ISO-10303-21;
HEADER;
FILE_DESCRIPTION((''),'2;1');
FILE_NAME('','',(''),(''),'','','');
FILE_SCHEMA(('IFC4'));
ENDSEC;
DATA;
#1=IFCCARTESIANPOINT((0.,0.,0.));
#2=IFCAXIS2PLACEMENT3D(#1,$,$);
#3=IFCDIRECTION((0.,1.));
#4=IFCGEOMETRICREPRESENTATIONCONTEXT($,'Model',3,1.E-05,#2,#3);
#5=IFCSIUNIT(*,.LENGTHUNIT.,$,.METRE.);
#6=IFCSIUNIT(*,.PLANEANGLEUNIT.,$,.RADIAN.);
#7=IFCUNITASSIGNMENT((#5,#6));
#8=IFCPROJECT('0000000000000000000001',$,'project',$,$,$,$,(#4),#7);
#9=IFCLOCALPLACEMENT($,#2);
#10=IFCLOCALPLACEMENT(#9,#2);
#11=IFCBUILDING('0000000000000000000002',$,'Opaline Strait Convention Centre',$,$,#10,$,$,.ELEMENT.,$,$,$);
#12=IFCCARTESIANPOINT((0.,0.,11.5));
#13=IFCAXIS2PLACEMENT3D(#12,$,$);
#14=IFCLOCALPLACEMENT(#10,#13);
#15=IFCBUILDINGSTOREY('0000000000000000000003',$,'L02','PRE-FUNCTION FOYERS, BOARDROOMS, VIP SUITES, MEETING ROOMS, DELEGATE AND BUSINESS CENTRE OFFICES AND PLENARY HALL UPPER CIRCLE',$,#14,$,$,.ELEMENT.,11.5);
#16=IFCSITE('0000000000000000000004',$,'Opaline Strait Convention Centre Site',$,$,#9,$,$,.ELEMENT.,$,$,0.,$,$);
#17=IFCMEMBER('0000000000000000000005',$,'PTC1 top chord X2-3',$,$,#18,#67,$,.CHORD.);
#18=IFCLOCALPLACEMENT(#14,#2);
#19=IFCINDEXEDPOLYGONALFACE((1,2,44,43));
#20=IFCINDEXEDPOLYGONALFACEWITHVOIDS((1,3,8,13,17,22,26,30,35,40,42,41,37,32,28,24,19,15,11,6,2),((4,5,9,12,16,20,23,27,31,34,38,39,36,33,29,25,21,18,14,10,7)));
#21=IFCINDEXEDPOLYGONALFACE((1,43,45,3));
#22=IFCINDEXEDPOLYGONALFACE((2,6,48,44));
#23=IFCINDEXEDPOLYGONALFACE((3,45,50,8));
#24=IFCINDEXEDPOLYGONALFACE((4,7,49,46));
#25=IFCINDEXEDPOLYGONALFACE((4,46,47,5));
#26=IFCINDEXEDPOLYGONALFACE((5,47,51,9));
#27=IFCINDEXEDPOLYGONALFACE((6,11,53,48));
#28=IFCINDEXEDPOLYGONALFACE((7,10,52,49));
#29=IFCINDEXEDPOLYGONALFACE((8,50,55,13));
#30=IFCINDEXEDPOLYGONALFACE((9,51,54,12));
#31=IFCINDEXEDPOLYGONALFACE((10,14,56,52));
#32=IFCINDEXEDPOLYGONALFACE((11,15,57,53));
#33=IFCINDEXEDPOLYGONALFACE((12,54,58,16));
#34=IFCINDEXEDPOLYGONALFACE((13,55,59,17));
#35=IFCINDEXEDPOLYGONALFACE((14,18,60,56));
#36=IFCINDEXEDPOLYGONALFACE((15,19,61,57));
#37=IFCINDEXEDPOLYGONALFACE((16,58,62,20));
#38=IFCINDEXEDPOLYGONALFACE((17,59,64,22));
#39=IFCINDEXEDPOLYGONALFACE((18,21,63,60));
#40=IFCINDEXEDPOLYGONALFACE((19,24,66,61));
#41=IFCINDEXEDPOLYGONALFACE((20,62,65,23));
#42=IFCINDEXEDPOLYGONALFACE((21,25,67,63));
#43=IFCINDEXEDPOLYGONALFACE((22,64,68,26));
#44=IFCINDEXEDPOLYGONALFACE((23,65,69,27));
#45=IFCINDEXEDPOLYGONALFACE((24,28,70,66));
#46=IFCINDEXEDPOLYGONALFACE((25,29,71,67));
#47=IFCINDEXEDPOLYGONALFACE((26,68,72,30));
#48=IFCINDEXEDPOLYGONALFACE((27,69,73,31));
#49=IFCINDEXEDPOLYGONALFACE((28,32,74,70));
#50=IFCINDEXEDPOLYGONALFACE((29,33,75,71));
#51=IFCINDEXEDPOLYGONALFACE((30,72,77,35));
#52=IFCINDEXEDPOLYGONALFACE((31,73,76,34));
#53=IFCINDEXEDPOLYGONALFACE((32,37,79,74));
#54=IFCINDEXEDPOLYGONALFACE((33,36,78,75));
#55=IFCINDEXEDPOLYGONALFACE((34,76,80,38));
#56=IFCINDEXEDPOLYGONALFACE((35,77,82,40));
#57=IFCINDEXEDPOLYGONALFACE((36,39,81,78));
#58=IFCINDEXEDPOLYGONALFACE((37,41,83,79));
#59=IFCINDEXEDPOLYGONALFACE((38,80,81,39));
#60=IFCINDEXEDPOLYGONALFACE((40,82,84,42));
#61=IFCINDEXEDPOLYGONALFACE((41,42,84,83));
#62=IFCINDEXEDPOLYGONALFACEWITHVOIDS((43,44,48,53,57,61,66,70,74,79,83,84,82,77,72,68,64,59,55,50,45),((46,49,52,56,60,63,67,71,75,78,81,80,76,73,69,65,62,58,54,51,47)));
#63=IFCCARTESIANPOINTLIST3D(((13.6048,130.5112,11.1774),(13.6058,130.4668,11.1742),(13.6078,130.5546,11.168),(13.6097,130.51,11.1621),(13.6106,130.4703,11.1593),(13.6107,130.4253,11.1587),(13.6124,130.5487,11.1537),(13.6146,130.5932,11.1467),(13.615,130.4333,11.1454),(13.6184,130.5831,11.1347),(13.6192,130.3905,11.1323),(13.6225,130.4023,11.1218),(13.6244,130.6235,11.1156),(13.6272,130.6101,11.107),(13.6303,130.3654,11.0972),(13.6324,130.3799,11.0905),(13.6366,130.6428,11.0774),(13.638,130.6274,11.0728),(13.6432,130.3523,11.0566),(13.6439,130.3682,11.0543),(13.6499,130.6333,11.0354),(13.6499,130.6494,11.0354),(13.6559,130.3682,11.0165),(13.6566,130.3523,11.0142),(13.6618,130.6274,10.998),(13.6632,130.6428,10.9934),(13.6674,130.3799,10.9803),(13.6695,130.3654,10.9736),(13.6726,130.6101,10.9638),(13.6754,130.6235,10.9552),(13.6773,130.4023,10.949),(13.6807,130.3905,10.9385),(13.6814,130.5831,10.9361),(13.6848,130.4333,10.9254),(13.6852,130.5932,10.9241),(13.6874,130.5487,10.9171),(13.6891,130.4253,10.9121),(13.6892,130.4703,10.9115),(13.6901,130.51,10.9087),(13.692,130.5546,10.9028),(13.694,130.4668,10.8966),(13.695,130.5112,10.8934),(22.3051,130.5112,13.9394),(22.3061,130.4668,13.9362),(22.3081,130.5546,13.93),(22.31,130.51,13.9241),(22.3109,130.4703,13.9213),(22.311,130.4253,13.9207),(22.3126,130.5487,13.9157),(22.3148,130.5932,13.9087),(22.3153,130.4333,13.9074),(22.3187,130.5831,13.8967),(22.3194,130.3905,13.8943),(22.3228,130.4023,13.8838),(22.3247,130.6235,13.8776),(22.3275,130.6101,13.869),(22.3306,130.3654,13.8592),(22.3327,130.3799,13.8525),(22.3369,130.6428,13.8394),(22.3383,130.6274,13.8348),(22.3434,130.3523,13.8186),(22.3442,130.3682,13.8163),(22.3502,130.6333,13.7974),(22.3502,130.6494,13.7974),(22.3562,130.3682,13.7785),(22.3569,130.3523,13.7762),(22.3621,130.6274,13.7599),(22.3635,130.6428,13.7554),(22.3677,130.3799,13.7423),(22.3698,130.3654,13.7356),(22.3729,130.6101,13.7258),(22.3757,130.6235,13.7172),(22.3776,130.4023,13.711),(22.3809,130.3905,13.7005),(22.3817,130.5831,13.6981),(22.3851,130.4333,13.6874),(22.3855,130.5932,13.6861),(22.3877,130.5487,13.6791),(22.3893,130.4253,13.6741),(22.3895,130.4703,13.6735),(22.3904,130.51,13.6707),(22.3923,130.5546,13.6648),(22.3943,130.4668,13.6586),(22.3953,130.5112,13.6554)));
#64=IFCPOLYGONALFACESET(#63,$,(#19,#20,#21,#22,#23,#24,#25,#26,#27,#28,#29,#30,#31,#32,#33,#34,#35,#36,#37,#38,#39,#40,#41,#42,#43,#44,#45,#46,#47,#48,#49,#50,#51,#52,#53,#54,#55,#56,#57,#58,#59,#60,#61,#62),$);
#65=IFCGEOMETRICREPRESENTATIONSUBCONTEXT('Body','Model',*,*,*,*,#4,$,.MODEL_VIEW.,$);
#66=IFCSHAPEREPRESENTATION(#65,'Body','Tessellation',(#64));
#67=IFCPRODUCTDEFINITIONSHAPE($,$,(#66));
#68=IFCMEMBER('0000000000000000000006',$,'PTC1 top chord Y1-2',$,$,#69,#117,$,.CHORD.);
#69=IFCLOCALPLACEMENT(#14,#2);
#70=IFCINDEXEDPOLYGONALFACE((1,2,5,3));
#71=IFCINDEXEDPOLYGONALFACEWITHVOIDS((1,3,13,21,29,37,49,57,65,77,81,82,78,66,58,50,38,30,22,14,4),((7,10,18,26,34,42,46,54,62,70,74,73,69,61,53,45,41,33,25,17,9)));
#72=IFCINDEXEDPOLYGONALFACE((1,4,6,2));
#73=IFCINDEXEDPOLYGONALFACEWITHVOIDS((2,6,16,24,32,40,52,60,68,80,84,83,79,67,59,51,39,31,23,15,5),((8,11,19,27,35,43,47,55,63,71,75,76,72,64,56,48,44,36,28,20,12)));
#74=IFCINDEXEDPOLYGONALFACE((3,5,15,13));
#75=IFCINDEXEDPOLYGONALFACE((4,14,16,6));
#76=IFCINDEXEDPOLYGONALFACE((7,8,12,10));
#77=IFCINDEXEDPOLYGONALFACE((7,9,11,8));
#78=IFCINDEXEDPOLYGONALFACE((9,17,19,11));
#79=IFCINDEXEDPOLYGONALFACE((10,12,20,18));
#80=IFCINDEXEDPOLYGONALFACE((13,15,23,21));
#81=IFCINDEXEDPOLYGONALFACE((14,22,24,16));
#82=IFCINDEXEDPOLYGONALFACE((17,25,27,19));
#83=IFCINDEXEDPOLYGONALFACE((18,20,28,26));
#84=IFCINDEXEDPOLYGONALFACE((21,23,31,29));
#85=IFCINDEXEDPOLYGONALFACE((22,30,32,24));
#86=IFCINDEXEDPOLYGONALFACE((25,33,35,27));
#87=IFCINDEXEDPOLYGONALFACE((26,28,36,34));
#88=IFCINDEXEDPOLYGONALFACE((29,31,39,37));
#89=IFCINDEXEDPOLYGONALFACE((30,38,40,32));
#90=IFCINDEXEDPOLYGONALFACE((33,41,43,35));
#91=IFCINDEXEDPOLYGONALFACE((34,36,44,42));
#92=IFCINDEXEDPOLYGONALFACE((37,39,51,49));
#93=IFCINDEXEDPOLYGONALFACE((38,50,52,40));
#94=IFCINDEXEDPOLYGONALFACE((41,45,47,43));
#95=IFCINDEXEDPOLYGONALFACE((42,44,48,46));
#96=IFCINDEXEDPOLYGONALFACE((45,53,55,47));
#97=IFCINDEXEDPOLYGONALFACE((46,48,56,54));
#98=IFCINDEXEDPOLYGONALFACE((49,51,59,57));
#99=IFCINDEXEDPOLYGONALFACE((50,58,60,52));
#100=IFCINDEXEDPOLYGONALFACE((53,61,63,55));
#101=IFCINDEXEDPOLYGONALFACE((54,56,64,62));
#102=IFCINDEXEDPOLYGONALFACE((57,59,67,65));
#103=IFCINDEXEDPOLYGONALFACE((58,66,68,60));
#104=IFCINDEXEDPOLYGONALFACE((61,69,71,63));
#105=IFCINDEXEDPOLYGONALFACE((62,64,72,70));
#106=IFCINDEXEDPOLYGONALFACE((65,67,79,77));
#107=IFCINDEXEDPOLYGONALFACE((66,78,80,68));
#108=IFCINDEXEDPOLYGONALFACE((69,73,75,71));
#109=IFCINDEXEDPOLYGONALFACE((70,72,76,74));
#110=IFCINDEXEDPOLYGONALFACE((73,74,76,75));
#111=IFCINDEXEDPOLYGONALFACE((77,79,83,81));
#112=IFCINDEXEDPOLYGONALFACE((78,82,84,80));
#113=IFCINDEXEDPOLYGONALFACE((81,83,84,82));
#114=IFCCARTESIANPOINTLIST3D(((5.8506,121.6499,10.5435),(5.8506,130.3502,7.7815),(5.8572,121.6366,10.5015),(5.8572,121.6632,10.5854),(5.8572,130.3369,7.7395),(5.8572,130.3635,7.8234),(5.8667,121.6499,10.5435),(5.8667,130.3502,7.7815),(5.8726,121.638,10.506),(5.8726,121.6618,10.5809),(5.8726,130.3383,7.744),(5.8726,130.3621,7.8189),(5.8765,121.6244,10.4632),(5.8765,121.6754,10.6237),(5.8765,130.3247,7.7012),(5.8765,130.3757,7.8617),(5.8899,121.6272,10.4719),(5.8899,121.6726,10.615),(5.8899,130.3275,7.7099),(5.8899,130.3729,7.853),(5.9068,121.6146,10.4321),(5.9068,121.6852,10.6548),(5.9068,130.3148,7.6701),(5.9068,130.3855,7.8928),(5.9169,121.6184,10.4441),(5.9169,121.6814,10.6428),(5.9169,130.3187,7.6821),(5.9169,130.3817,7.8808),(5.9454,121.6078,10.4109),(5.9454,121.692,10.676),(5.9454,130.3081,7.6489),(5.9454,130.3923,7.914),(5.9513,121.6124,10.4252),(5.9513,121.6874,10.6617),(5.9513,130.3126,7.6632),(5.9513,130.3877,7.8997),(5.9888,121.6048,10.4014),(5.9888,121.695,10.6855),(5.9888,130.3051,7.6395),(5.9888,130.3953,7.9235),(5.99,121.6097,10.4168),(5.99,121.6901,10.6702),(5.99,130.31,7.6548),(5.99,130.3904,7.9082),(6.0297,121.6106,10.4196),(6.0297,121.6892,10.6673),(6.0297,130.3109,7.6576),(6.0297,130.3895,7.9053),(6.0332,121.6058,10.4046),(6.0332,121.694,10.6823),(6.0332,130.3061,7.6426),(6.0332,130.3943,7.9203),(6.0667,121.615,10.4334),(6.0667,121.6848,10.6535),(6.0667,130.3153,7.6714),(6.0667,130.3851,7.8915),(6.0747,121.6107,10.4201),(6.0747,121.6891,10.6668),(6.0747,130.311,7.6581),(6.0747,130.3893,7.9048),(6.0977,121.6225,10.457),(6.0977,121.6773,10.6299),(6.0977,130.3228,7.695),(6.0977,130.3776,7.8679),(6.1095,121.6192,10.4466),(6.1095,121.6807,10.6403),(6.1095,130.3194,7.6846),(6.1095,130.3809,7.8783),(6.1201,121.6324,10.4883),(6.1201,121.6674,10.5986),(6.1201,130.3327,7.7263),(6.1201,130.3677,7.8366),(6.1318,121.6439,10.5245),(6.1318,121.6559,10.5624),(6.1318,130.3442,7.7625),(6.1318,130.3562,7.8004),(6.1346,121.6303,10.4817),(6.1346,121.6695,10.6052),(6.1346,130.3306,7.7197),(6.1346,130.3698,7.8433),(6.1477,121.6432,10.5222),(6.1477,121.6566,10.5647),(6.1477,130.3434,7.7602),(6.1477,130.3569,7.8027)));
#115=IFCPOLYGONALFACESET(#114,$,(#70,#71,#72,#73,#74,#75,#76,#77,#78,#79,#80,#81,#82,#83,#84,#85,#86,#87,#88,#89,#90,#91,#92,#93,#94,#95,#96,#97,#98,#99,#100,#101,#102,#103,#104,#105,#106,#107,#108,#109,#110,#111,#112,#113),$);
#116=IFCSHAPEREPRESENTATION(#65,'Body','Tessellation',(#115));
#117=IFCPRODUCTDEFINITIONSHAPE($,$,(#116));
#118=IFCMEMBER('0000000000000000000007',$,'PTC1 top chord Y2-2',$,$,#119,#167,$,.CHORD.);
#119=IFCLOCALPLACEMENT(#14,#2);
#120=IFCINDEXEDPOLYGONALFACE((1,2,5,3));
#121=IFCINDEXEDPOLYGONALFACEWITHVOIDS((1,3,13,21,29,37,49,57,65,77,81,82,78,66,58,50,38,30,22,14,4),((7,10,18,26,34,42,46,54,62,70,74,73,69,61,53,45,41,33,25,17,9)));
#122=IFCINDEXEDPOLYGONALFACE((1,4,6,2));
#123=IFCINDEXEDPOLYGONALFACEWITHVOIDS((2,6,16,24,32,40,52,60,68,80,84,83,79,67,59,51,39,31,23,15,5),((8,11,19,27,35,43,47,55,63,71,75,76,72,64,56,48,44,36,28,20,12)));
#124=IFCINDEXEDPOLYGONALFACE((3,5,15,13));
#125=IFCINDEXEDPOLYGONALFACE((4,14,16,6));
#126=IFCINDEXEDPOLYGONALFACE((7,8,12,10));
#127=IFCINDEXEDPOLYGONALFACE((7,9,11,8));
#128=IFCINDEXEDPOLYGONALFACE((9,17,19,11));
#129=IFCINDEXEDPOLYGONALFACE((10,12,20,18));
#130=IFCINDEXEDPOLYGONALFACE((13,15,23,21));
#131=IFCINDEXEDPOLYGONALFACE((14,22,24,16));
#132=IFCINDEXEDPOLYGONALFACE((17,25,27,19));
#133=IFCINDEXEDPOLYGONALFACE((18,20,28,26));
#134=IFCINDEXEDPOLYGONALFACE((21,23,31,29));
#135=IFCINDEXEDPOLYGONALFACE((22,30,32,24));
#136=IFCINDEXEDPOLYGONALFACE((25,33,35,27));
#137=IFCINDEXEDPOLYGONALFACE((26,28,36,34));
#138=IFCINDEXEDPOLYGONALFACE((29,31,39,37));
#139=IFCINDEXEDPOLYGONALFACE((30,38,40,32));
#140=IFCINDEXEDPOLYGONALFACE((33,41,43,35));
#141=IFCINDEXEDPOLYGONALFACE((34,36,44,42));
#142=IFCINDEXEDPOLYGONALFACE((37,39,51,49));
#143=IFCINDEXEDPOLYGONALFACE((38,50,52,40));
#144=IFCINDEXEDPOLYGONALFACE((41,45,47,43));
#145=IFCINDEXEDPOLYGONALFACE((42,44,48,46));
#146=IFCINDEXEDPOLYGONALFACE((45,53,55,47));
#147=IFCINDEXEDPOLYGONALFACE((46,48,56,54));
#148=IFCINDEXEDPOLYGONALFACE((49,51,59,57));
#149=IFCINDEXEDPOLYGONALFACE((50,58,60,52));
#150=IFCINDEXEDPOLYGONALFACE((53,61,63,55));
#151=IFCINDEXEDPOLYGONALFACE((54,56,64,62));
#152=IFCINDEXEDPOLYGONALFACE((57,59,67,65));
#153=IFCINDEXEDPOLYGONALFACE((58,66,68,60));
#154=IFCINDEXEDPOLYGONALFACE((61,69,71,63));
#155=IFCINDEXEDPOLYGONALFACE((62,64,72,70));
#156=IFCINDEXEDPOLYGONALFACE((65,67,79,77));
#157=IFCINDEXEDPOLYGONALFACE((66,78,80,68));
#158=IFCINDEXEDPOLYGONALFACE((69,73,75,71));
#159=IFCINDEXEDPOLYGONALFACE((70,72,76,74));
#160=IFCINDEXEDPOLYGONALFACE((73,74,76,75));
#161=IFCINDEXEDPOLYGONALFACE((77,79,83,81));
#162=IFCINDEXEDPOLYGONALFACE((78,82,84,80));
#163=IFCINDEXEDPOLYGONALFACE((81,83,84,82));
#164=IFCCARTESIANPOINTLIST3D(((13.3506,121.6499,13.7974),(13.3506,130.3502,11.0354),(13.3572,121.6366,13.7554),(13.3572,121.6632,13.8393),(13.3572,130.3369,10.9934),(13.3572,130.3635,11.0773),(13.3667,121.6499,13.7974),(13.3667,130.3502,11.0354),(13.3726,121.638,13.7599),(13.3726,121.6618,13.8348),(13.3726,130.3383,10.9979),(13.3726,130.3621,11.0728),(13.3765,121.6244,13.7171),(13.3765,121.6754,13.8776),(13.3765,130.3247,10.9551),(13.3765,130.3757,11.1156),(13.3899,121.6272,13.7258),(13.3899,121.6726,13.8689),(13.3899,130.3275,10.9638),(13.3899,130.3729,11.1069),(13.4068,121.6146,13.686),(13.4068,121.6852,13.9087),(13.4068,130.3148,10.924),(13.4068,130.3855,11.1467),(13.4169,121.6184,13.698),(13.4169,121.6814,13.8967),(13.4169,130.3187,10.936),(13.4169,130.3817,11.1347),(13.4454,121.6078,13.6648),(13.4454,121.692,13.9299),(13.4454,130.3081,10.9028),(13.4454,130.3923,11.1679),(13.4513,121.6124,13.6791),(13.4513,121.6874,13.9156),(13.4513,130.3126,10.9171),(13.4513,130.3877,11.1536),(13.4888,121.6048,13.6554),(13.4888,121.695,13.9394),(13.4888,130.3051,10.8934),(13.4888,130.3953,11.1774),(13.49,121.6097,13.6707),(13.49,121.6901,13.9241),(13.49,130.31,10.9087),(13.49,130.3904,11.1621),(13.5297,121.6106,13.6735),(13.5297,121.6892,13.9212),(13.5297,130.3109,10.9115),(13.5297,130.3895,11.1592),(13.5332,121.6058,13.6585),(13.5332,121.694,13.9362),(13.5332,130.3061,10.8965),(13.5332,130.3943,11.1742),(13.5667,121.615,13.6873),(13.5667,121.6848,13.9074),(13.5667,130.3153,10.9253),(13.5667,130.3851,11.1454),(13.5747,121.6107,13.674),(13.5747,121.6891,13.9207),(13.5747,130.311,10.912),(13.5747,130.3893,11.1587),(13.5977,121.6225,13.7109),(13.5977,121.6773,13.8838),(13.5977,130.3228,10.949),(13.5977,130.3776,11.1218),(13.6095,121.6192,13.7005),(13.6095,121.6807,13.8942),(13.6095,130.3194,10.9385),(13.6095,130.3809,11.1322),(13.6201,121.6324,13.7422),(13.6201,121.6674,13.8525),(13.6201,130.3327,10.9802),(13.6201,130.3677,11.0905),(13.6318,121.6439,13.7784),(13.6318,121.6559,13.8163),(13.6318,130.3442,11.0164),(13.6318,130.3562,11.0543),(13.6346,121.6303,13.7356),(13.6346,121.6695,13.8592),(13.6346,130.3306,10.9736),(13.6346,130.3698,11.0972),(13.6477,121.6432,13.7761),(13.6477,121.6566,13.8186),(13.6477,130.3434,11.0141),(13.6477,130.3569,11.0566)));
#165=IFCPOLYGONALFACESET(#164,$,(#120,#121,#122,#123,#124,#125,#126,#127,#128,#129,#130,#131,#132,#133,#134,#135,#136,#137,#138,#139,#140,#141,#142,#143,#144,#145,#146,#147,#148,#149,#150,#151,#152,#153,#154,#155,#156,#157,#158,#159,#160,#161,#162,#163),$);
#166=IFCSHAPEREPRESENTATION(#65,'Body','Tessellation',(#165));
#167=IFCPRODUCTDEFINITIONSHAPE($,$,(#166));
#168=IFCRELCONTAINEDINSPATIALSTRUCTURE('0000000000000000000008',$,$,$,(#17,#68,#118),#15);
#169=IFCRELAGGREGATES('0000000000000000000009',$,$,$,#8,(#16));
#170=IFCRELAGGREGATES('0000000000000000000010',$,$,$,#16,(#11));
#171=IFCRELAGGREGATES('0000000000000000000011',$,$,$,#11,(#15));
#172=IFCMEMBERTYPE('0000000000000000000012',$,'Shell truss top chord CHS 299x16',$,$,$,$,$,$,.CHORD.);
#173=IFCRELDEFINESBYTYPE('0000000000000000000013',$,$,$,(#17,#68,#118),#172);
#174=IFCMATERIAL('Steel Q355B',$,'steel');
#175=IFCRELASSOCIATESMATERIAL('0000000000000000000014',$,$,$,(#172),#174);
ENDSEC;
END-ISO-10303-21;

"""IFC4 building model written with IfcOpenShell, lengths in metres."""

from ifc_helpers import new_model, si_unit, direction, frame, origin, origin_2d, place, context, subcontext, project, spatial, hollow_circle, extrude, material, material_profile, profile_set, type_object, element, save


model = new_model("IFC4")

# Units and contexts
model_context = context("Model", 3, precision=1e-05, world=origin(), true_north=direction((0.0, 1.0)))
body_context = subcontext(model_context, "Body", "Model", "MODEL_VIEW")
ifc_project = project(units=[si_unit("LENGTHUNIT", "METRE"), si_unit("PLANEANGLEUNIT", "RADIAN")], contexts=[model_context])

# Site, building, storey
site_placement = place(None, origin())
site = spatial("IfcSite", under=ifc_project, at=site_placement, Name="Opaline Strait Convention Centre Site", CompositionType="ELEMENT", RefElevation=0.0)
building_placement = place(site_placement, origin())
building = spatial("IfcBuilding", under=site, at=building_placement, Name="Opaline Strait Convention Centre", CompositionType="ELEMENT")
storey_placement = place(building_placement, frame((0.0, 0.0, 11.5)))
storey = spatial("IfcBuildingStorey", under=building, at=storey_placement, Name="L02", Description="PRE-FUNCTION FOYERS, BOARDROOMS, VIP SUITES, MEETING ROOMS, DELEGATE AND BUSINESS CENTRE OFFICES AND PLENARY HALL UPPER CIRCLE", CompositionType="ELEMENT", Elevation=11.5)

# Members
ifc_material_1 = material(Name="Steel Q355B", Category="steel")
ifc_material_profile_1 = material_profile(ifc_material_1, hollow_circle(Radius=0.1494, WallThickness=0.0161, at=origin_2d()), Name="CHS 299x16")
ifc_profile_set_1 = profile_set([ifc_material_profile_1], Name="Steel Q355B")
member_type_1 = type_object("IfcMemberType", Name="Shell truss top chord CHS 299x16", PredefinedType="CHORD", material=ifc_profile_set_1)
for number, where, z_axis, x_axis, name in (
    (1, (13.6499, 130.5, 11.0354), (0.953124, 0.0, 0.302579), (0.0, 1.0, 0.0), "PTC1 top chord X2-3"),
    (2, (6.0, 121.6499, 10.5435), (0.0, 0.953124, -0.302579), (-1.0, 0.0, 0.0), "PTC1 top chord Y1-2"),
    (3, (13.5, 121.6499, 13.7974), (0.0, 0.953124, -0.302579), (-1.0, 0.0, 0.0), "PTC1 top chord Y2-2"),
):
    element("IfcMember", number, at=place(storey_placement, frame(where, z_axis=z_axis, x_axis=x_axis)), inside=storey, type_object=member_type_1, Name=name, PredefinedType="CHORD", context=body_context, shape_type="SweptSolid", body=[
        extrude(hollow_circle(Radius=0.1494, WallThickness=0.0161, at=origin_2d()), origin(), (0.0, 0.0, 1.0), 9.1282),
    ])

save(model, "model.ifc")
